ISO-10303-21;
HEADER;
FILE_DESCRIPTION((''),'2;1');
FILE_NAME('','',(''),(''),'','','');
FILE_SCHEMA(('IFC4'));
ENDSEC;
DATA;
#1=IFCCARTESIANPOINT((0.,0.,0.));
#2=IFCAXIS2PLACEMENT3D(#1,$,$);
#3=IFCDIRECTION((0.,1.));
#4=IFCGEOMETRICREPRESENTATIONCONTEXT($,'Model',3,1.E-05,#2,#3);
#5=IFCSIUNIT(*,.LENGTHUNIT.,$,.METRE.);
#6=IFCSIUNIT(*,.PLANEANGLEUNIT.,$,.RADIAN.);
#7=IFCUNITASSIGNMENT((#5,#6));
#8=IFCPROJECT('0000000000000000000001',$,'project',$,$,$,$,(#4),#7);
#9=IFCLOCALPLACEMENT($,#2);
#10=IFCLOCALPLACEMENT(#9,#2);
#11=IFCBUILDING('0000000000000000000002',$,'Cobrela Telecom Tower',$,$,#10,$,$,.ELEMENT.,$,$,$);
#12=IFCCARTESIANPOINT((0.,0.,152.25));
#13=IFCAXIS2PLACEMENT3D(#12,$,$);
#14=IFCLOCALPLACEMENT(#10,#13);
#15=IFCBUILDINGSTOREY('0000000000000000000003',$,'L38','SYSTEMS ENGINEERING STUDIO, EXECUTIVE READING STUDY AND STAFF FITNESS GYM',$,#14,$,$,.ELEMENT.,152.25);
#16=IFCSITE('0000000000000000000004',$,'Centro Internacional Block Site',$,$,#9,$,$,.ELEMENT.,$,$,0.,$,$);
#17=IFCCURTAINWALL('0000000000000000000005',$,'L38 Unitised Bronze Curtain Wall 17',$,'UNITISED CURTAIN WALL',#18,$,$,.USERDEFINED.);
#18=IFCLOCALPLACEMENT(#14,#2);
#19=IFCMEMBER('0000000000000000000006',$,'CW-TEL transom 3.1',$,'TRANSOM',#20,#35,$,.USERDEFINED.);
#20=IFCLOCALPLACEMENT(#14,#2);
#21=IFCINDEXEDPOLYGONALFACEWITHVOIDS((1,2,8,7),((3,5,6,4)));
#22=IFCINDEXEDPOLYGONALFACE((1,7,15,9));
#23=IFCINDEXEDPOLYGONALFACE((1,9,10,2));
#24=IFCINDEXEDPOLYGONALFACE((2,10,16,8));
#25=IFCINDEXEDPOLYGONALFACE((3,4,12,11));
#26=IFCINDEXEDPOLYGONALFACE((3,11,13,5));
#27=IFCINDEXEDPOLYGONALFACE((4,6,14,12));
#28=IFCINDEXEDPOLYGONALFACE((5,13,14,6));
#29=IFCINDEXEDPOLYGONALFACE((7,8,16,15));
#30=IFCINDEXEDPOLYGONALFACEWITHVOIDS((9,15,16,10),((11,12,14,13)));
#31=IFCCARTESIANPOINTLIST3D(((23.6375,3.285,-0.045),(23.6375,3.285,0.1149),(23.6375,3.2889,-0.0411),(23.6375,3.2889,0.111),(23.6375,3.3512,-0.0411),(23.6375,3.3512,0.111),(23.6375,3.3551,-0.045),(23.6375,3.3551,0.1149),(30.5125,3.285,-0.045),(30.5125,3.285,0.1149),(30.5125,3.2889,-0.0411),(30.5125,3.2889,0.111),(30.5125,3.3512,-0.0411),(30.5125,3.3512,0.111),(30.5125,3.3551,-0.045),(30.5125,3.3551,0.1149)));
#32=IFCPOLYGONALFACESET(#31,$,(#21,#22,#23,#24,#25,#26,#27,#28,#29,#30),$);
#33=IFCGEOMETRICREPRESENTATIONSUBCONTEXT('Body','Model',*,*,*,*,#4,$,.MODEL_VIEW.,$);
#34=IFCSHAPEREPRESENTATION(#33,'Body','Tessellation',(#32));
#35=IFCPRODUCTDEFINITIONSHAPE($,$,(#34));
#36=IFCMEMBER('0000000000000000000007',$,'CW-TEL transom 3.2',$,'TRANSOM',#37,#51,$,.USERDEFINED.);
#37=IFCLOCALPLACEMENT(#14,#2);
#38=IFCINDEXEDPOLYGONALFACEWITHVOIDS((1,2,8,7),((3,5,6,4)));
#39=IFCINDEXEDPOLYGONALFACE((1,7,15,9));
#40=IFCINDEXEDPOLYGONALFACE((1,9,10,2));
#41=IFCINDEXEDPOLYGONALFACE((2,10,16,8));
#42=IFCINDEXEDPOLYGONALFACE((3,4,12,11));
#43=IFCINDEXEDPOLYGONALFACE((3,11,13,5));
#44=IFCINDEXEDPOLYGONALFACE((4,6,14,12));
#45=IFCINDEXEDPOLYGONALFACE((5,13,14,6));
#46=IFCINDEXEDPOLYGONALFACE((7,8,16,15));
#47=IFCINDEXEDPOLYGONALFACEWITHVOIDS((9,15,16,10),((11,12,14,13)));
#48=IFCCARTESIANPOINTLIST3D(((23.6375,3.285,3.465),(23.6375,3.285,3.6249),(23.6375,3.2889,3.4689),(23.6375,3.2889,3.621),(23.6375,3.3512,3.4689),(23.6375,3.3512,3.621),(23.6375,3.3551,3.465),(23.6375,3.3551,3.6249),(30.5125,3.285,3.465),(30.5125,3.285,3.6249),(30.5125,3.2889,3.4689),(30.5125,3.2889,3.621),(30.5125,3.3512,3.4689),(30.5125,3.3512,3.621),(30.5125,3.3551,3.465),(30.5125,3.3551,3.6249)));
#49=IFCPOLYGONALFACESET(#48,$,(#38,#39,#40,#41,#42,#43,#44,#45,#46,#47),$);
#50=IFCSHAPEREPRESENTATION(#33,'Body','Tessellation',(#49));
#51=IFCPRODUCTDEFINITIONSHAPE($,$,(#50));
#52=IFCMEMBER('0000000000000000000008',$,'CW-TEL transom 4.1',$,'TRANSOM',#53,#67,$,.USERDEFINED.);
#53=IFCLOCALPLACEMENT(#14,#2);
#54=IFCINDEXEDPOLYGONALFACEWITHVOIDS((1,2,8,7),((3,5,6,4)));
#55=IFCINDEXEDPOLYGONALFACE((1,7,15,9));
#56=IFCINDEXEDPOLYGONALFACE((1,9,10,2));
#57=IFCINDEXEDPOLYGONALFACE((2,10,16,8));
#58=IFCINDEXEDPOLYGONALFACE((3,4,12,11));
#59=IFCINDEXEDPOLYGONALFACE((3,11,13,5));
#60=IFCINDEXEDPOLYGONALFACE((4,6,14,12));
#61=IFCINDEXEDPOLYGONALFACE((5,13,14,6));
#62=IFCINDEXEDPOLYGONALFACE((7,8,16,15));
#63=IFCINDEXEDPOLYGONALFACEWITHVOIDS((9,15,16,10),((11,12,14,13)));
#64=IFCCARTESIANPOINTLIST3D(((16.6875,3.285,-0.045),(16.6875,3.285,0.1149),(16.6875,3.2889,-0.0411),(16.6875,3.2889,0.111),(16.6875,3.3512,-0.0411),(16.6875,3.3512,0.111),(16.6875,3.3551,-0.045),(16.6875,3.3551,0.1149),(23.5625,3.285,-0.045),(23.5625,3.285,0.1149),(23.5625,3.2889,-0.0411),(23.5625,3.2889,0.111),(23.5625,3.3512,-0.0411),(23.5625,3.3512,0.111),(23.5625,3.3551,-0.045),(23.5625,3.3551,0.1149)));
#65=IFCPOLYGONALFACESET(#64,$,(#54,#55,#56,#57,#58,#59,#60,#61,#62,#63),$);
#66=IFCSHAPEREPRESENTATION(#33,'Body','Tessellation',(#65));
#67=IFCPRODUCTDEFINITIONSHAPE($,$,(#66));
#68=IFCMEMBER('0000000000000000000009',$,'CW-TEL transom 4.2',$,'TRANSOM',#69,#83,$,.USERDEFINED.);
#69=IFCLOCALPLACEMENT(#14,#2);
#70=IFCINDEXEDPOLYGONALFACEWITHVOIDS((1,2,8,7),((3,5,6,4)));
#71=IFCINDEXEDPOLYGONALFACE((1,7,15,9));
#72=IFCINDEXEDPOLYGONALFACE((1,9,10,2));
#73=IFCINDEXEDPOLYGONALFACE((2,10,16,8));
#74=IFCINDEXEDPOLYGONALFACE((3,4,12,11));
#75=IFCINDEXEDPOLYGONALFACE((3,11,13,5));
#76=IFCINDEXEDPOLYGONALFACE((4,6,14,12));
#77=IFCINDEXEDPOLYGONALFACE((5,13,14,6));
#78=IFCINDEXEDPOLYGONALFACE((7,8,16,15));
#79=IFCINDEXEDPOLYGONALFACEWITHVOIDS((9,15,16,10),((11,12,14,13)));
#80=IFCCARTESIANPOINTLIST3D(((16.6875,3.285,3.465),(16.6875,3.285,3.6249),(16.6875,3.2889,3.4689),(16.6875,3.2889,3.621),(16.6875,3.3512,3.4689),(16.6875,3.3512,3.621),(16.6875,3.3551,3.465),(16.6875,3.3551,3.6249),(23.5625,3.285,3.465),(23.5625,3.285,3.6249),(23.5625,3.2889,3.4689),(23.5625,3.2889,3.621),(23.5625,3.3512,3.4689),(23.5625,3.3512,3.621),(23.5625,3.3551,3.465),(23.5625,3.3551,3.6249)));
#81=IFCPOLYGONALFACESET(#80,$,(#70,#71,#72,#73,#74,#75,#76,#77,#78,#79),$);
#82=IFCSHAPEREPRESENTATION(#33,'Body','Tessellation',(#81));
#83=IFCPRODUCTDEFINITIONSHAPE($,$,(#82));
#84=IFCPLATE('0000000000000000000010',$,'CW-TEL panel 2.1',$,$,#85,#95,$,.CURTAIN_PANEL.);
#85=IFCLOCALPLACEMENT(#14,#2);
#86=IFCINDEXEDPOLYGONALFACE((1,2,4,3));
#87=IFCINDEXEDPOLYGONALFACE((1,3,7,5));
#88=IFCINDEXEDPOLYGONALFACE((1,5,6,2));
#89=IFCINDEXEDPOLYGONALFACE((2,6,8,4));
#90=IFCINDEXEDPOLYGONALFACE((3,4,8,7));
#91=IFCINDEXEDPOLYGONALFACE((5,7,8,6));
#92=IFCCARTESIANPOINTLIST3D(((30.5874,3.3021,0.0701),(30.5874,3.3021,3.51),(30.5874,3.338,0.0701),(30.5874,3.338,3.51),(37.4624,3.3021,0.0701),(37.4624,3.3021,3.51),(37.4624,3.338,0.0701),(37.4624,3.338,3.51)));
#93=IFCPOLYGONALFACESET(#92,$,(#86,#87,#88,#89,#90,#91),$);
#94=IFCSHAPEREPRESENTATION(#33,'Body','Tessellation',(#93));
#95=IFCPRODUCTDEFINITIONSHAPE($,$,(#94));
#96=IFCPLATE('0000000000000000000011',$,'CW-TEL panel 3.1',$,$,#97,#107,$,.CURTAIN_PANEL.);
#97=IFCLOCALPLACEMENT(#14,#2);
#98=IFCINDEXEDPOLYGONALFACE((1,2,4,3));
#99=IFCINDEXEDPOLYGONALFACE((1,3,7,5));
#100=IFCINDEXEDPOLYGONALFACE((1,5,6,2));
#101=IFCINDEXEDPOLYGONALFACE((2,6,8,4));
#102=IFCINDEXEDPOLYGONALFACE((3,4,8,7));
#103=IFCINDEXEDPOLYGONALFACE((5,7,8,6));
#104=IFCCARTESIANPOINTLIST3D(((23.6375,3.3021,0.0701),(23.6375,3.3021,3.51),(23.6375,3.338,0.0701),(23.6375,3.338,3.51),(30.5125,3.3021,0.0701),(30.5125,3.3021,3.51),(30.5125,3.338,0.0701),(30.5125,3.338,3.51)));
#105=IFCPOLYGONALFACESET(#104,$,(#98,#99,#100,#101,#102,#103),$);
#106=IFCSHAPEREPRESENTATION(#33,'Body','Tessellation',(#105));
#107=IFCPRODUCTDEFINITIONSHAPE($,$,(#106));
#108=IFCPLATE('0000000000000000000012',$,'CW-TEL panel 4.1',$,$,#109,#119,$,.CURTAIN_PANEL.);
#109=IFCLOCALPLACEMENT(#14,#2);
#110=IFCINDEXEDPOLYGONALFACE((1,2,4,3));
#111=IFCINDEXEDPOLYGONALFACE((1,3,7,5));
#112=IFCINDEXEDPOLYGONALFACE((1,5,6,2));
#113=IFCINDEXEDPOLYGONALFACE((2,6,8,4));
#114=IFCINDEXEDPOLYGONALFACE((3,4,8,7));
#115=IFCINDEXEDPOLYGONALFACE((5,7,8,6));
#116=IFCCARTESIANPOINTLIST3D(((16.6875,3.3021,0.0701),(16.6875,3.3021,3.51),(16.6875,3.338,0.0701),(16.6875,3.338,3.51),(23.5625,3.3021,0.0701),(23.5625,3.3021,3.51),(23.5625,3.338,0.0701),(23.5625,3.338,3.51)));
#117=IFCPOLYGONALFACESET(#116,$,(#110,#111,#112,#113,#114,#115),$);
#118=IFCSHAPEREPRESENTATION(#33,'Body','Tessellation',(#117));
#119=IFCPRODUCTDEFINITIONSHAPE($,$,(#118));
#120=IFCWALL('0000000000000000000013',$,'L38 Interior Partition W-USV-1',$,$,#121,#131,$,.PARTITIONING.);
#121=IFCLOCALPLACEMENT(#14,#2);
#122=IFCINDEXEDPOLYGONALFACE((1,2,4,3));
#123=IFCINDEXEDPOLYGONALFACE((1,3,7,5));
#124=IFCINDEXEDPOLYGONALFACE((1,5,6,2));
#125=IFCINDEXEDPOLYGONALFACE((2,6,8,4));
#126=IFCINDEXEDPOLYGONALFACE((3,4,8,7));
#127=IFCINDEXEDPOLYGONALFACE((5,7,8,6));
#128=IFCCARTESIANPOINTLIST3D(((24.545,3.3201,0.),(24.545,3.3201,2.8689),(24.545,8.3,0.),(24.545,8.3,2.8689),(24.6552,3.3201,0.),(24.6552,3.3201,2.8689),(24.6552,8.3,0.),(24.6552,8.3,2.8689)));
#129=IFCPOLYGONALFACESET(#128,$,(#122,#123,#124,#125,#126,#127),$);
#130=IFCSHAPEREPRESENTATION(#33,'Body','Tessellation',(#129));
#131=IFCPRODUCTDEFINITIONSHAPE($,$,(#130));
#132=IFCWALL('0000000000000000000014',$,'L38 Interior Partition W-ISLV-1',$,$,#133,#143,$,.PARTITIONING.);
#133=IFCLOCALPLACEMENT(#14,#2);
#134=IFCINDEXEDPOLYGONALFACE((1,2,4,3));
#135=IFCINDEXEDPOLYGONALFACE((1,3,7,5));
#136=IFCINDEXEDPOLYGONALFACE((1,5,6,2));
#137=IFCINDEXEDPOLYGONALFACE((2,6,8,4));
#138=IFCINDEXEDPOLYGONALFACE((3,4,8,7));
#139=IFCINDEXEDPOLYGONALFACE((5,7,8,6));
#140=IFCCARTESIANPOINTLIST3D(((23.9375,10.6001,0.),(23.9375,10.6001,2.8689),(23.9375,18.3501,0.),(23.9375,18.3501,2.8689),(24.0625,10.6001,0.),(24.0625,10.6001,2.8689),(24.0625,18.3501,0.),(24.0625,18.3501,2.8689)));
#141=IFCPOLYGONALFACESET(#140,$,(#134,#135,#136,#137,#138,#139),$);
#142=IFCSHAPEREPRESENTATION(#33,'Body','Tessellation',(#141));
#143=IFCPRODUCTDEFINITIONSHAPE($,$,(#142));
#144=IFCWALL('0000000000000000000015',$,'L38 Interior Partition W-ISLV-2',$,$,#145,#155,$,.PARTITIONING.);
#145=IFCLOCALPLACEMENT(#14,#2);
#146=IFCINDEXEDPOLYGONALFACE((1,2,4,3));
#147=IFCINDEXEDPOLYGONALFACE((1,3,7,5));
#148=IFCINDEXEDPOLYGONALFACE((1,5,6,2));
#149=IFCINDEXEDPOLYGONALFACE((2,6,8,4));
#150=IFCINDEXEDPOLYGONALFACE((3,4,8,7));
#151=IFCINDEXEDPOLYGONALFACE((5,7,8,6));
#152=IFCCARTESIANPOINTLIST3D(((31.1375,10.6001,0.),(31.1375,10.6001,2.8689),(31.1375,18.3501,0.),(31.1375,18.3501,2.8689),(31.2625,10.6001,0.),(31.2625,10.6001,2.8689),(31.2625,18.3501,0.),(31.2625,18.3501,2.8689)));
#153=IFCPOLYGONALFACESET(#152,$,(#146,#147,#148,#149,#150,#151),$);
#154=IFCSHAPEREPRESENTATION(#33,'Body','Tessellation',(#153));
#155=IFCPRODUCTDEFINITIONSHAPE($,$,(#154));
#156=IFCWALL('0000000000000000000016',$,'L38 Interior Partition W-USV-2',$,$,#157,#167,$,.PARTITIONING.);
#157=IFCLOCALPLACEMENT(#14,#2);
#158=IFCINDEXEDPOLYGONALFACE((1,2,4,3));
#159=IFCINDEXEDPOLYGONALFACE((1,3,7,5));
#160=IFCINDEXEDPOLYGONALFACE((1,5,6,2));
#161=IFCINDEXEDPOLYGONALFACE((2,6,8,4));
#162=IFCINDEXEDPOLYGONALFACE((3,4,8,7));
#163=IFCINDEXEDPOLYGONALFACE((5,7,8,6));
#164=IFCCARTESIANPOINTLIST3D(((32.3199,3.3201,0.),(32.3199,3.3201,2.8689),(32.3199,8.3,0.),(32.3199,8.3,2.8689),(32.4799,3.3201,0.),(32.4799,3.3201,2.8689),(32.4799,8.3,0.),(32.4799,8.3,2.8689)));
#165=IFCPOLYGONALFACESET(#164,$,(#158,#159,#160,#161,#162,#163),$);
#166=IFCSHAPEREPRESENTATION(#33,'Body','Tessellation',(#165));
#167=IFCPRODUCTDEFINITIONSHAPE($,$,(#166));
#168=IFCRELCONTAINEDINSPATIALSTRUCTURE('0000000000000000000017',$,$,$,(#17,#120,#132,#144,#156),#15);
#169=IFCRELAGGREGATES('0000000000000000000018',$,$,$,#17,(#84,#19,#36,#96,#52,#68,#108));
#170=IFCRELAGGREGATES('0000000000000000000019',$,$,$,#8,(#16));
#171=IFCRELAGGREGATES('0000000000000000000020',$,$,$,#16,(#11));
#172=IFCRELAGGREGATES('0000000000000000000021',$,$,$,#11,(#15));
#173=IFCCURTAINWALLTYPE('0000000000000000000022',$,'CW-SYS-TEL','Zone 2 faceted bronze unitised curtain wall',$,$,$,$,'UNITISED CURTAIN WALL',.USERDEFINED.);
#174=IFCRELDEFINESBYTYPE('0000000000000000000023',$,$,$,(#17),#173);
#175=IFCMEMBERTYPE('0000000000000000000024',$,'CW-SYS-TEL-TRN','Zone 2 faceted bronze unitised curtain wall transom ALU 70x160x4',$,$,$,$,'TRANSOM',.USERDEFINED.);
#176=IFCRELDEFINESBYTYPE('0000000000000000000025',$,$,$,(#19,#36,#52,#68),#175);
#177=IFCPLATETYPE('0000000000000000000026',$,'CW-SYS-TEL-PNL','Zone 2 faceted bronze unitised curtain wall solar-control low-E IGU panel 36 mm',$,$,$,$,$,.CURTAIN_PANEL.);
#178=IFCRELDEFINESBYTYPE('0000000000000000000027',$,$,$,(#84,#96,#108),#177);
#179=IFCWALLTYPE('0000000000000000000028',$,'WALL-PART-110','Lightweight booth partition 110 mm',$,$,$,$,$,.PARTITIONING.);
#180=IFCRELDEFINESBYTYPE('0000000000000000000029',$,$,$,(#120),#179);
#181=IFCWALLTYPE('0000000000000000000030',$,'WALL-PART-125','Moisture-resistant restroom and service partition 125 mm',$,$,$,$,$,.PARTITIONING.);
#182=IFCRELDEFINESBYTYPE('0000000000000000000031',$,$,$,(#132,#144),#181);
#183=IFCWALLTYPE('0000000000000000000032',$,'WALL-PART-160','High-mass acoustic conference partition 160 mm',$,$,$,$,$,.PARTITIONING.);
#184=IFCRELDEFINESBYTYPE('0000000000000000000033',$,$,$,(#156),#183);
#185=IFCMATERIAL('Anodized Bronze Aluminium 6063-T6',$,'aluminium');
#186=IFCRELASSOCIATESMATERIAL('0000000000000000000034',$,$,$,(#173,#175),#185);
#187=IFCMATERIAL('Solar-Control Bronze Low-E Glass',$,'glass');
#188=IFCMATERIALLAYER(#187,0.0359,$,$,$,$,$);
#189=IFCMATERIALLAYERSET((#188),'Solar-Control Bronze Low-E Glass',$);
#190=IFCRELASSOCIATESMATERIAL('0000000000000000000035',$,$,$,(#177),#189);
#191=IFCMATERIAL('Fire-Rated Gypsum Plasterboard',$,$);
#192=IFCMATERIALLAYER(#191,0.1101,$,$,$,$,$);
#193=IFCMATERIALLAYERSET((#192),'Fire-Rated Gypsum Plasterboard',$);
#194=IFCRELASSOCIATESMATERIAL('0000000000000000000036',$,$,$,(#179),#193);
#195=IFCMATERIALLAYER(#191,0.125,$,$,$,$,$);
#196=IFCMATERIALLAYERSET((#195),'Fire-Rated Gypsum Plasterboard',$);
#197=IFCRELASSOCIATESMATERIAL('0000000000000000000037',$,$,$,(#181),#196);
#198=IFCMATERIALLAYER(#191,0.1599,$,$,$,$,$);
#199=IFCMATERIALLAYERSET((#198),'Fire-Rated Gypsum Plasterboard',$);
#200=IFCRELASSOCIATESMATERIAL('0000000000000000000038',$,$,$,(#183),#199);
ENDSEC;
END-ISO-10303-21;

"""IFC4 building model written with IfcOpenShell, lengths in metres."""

from ifc_helpers import new_model, si_unit, direction, frame, frame_2d, origin, origin_2d, place, context, subcontext, project, spatial, rectangle, hollow_rectangle, extrude, material, layer, layer_set, material_profile, profile_set, type_object, element, aggregate, save


model = new_model("IFC4")

# Units and contexts
model_context = context("Model", 3, precision=1e-05, world=origin(), true_north=direction((0.0, 1.0)))
body_context = subcontext(model_context, "Body", "Model", "MODEL_VIEW")
ifc_project = project(units=[si_unit("LENGTHUNIT", "METRE"), si_unit("PLANEANGLEUNIT", "RADIAN")], contexts=[model_context])

# Site, building, storey
site_placement = place(None, origin())
site = spatial("IfcSite", under=ifc_project, at=site_placement, Name="Centro Internacional Block Site", CompositionType="ELEMENT", RefElevation=0.0)
building_placement = place(site_placement, origin())
building = spatial("IfcBuilding", under=site, at=building_placement, Name="Cobrela Telecom Tower", CompositionType="ELEMENT")
storey_placement = place(building_placement, frame((0.0, 0.0, 152.25)))
storey = spatial("IfcBuildingStorey", under=building, at=storey_placement, Name="L38", Description="SYSTEMS ENGINEERING STUDIO, EXECUTIVE READING STUDY AND STAFF FITNESS GYM", CompositionType="ELEMENT", Elevation=152.25)

# Curtain wall, members, plates
ifc_material_1 = material(Name="Anodized Bronze Aluminium 6063-T6", Category="aluminium")
curtain_wall_type = type_object("IfcCurtainWallType", Name="CW-SYS-TEL", Description="Zone 2 faceted bronze unitised curtain wall", ElementType="UNITISED CURTAIN WALL", PredefinedType="USERDEFINED", material=ifc_material_1)
curtain_wall_placement = place(storey_placement, origin())
curtain_wall = element("IfcCurtainWall", 1, at=curtain_wall_placement, inside=storey, type_object=curtain_wall_type, Name="L38 Unitised Bronze Curtain Wall 17", ObjectType="UNITISED CURTAIN WALL", PredefinedType="USERDEFINED")
ifc_material_profile_1 = material_profile(ifc_material_1, hollow_rectangle(XDim=0.0701, YDim=0.1599, WallThickness=0.0039, at=origin_2d()), Name="ALU 70x160x4")
ifc_profile_set_1 = profile_set([ifc_material_profile_1], Name="Anodized Bronze Aluminium 6063-T6")
member_type_1 = type_object("IfcMemberType", Name="CW-SYS-TEL-TRN", Description="Zone 2 faceted bronze unitised curtain wall transom ALU 70x160x4", ElementType="TRANSOM", PredefinedType="USERDEFINED", material=ifc_profile_set_1)
member_1_placement = place(storey_placement, frame((30.5125, 3.3201, 0.0349), z_axis=(-1.0, 0.0, 0.0), x_axis=(0.0, -1.0, 0.0)))
member_1 = element("IfcMember", 2, at=member_1_placement, type_object=member_type_1, Name="CW-TEL transom 3.1", ObjectType="TRANSOM", PredefinedType="USERDEFINED", context=body_context, shape_type="SweptSolid", body=[
    extrude(hollow_rectangle(XDim=0.0701, YDim=0.1599, WallThickness=0.0039, at=origin_2d()), origin(), (0.0, 0.0, 1.0), 6.875),
])
member_2_placement = place(storey_placement, frame((30.5125, 3.3201, 3.5449), z_axis=(-1.0, 0.0, 0.0), x_axis=(0.0, -1.0, 0.0)))
member_2 = element("IfcMember", 3, at=member_2_placement, type_object=member_type_1, Name="CW-TEL transom 3.2", ObjectType="TRANSOM", PredefinedType="USERDEFINED", context=body_context, shape_type="SweptSolid", body=[
    extrude(hollow_rectangle(XDim=0.0701, YDim=0.1599, WallThickness=0.0039, at=origin_2d()), origin(), (0.0, 0.0, 1.0), 6.875),
])
member_3_placement = place(storey_placement, frame((23.5625, 3.3201, 0.0349), z_axis=(-1.0, 0.0, 0.0), x_axis=(0.0, -1.0, 0.0)))
member_3 = element("IfcMember", 4, at=member_3_placement, type_object=member_type_1, Name="CW-TEL transom 4.1", ObjectType="TRANSOM", PredefinedType="USERDEFINED", context=body_context, shape_type="SweptSolid", body=[
    extrude(hollow_rectangle(XDim=0.0701, YDim=0.1599, WallThickness=0.0039, at=origin_2d()), origin(), (0.0, 0.0, 1.0), 6.875),
])
member_4_placement = place(storey_placement, frame((23.5625, 3.3201, 3.5449), z_axis=(-1.0, 0.0, 0.0), x_axis=(0.0, -1.0, 0.0)))
member_4 = element("IfcMember", 5, at=member_4_placement, type_object=member_type_1, Name="CW-TEL transom 4.2", ObjectType="TRANSOM", PredefinedType="USERDEFINED", context=body_context, shape_type="SweptSolid", body=[
    extrude(hollow_rectangle(XDim=0.0701, YDim=0.1599, WallThickness=0.0039, at=origin_2d()), origin(), (0.0, 0.0, 1.0), 6.875),
])
ifc_material_2 = material(Name="Solar-Control Bronze Low-E Glass", Category="glass")
ifc_layer_1 = layer(ifc_material_2, 0.0359)
ifc_layer_set_1 = layer_set([ifc_layer_1], Name="Solar-Control Bronze Low-E Glass")
plate_type = type_object("IfcPlateType", Name="CW-SYS-TEL-PNL", Description="Zone 2 faceted bronze unitised curtain wall solar-control low-E IGU panel 36 mm", PredefinedType="CURTAIN_PANEL", material=ifc_layer_set_1)
plate_1_placement = place(storey_placement, frame((34.0249, 3.3201, 0.0701), z_axis=(0.0, 0.0, 1.0), x_axis=(-1.0, 0.0, 0.0)))
plate_1 = element("IfcPlate", 6, at=plate_1_placement, type_object=plate_type, Name="CW-TEL panel 2.1", PredefinedType="CURTAIN_PANEL", context=body_context, shape_type="SweptSolid", body=[
    extrude(rectangle(XDim=6.875, YDim=0.0359, at=origin_2d()), origin(), (0.0, 0.0, 1.0), 3.4399),
])
plate_2_placement = place(storey_placement, frame((27.075, 3.3201, 0.0701), z_axis=(0.0, 0.0, 1.0), x_axis=(-1.0, 0.0, 0.0)))
plate_2 = element("IfcPlate", 7, at=plate_2_placement, type_object=plate_type, Name="CW-TEL panel 3.1", PredefinedType="CURTAIN_PANEL", context=body_context, shape_type="SweptSolid", body=[
    extrude(rectangle(XDim=6.875, YDim=0.0359, at=origin_2d()), origin(), (0.0, 0.0, 1.0), 3.4399),
])
plate_3_placement = place(storey_placement, frame((20.125, 3.3201, 0.0701), z_axis=(0.0, 0.0, 1.0), x_axis=(-1.0, 0.0, 0.0)))
plate_3 = element("IfcPlate", 8, at=plate_3_placement, type_object=plate_type, Name="CW-TEL panel 4.1", PredefinedType="CURTAIN_PANEL", context=body_context, shape_type="SweptSolid", body=[
    extrude(rectangle(XDim=6.875, YDim=0.0359, at=origin_2d()), origin(), (0.0, 0.0, 1.0), 3.4399),
])
aggregate(curtain_wall, [plate_1, member_1, member_2, plate_2, member_3, member_4, plate_3])

# Walls
ifc_material_3 = material(Name="Fire-Rated Gypsum Plasterboard")
ifc_layer_2 = layer(ifc_material_3, 0.1101)
ifc_layer_set_2 = layer_set([ifc_layer_2], Name="Fire-Rated Gypsum Plasterboard")
wall_type_1 = type_object("IfcWallType", Name="WALL-PART-110", Description="Lightweight booth partition 110 mm", PredefinedType="PARTITIONING", material=ifc_layer_set_2)
wall_1_placement = place(storey_placement, frame((24.6001, 3.3201, 0.0), z_axis=(0.0, 0.0, 1.0), x_axis=(0.0, 1.0, 0.0)))
element("IfcWall", 9, at=wall_1_placement, inside=storey, type_object=wall_type_1, Name="L38 Interior Partition W-USV-1", PredefinedType="PARTITIONING", context=body_context, shape_type="SweptSolid", body=[
    extrude(rectangle(XDim=4.98, YDim=0.1101, at=frame_2d((2.49, 0.0))), origin(), (0.0, 0.0, 1.0), 2.8689),
])
ifc_layer_3 = layer(ifc_material_3, 0.125)
ifc_layer_set_3 = layer_set([ifc_layer_3], Name="Fire-Rated Gypsum Plasterboard")
wall_type_2 = type_object("IfcWallType", Name="WALL-PART-125", Description="Moisture-resistant restroom and service partition 125 mm", PredefinedType="PARTITIONING", material=ifc_layer_set_3)
for number, where, z_axis, x_axis, name in (
    (10, (24.0, 10.6001, 0.0), (0.0, 0.0, 1.0), (0.0, 1.0, 0.0), "L38 Interior Partition W-ISLV-1"),
    (11, (31.2, 10.6001, 0.0), (0.0, 0.0, 1.0), (0.0, 1.0, 0.0), "L38 Interior Partition W-ISLV-2"),
):
    element("IfcWall", number, at=place(storey_placement, frame(where, z_axis=z_axis, x_axis=x_axis)), inside=storey, type_object=wall_type_2, Name=name, PredefinedType="PARTITIONING", context=body_context, shape_type="SweptSolid", body=[
        extrude(rectangle(XDim=7.75, YDim=0.125, at=frame_2d((3.875, 0.0))), origin(), (0.0, 0.0, 1.0), 2.8689),
    ])
ifc_layer_4 = layer(ifc_material_3, 0.1599)
ifc_layer_set_4 = layer_set([ifc_layer_4], Name="Fire-Rated Gypsum Plasterboard")
wall_type_3 = type_object("IfcWallType", Name="WALL-PART-160", Description="High-mass acoustic conference partition 160 mm", PredefinedType="PARTITIONING", material=ifc_layer_set_4)
wall_2_placement = place(storey_placement, frame((32.3999, 3.3201, 0.0), z_axis=(0.0, 0.0, 1.0), x_axis=(0.0, 1.0, 0.0)))
element("IfcWall", 12, at=wall_2_placement, inside=storey, type_object=wall_type_3, Name="L38 Interior Partition W-USV-2", PredefinedType="PARTITIONING", context=body_context, shape_type="SweptSolid", body=[
    extrude(rectangle(XDim=4.98, YDim=0.1599, at=frame_2d((2.49, 0.0))), origin(), (0.0, 0.0, 1.0), 2.8689),
])

save(model, "model.ifc")
